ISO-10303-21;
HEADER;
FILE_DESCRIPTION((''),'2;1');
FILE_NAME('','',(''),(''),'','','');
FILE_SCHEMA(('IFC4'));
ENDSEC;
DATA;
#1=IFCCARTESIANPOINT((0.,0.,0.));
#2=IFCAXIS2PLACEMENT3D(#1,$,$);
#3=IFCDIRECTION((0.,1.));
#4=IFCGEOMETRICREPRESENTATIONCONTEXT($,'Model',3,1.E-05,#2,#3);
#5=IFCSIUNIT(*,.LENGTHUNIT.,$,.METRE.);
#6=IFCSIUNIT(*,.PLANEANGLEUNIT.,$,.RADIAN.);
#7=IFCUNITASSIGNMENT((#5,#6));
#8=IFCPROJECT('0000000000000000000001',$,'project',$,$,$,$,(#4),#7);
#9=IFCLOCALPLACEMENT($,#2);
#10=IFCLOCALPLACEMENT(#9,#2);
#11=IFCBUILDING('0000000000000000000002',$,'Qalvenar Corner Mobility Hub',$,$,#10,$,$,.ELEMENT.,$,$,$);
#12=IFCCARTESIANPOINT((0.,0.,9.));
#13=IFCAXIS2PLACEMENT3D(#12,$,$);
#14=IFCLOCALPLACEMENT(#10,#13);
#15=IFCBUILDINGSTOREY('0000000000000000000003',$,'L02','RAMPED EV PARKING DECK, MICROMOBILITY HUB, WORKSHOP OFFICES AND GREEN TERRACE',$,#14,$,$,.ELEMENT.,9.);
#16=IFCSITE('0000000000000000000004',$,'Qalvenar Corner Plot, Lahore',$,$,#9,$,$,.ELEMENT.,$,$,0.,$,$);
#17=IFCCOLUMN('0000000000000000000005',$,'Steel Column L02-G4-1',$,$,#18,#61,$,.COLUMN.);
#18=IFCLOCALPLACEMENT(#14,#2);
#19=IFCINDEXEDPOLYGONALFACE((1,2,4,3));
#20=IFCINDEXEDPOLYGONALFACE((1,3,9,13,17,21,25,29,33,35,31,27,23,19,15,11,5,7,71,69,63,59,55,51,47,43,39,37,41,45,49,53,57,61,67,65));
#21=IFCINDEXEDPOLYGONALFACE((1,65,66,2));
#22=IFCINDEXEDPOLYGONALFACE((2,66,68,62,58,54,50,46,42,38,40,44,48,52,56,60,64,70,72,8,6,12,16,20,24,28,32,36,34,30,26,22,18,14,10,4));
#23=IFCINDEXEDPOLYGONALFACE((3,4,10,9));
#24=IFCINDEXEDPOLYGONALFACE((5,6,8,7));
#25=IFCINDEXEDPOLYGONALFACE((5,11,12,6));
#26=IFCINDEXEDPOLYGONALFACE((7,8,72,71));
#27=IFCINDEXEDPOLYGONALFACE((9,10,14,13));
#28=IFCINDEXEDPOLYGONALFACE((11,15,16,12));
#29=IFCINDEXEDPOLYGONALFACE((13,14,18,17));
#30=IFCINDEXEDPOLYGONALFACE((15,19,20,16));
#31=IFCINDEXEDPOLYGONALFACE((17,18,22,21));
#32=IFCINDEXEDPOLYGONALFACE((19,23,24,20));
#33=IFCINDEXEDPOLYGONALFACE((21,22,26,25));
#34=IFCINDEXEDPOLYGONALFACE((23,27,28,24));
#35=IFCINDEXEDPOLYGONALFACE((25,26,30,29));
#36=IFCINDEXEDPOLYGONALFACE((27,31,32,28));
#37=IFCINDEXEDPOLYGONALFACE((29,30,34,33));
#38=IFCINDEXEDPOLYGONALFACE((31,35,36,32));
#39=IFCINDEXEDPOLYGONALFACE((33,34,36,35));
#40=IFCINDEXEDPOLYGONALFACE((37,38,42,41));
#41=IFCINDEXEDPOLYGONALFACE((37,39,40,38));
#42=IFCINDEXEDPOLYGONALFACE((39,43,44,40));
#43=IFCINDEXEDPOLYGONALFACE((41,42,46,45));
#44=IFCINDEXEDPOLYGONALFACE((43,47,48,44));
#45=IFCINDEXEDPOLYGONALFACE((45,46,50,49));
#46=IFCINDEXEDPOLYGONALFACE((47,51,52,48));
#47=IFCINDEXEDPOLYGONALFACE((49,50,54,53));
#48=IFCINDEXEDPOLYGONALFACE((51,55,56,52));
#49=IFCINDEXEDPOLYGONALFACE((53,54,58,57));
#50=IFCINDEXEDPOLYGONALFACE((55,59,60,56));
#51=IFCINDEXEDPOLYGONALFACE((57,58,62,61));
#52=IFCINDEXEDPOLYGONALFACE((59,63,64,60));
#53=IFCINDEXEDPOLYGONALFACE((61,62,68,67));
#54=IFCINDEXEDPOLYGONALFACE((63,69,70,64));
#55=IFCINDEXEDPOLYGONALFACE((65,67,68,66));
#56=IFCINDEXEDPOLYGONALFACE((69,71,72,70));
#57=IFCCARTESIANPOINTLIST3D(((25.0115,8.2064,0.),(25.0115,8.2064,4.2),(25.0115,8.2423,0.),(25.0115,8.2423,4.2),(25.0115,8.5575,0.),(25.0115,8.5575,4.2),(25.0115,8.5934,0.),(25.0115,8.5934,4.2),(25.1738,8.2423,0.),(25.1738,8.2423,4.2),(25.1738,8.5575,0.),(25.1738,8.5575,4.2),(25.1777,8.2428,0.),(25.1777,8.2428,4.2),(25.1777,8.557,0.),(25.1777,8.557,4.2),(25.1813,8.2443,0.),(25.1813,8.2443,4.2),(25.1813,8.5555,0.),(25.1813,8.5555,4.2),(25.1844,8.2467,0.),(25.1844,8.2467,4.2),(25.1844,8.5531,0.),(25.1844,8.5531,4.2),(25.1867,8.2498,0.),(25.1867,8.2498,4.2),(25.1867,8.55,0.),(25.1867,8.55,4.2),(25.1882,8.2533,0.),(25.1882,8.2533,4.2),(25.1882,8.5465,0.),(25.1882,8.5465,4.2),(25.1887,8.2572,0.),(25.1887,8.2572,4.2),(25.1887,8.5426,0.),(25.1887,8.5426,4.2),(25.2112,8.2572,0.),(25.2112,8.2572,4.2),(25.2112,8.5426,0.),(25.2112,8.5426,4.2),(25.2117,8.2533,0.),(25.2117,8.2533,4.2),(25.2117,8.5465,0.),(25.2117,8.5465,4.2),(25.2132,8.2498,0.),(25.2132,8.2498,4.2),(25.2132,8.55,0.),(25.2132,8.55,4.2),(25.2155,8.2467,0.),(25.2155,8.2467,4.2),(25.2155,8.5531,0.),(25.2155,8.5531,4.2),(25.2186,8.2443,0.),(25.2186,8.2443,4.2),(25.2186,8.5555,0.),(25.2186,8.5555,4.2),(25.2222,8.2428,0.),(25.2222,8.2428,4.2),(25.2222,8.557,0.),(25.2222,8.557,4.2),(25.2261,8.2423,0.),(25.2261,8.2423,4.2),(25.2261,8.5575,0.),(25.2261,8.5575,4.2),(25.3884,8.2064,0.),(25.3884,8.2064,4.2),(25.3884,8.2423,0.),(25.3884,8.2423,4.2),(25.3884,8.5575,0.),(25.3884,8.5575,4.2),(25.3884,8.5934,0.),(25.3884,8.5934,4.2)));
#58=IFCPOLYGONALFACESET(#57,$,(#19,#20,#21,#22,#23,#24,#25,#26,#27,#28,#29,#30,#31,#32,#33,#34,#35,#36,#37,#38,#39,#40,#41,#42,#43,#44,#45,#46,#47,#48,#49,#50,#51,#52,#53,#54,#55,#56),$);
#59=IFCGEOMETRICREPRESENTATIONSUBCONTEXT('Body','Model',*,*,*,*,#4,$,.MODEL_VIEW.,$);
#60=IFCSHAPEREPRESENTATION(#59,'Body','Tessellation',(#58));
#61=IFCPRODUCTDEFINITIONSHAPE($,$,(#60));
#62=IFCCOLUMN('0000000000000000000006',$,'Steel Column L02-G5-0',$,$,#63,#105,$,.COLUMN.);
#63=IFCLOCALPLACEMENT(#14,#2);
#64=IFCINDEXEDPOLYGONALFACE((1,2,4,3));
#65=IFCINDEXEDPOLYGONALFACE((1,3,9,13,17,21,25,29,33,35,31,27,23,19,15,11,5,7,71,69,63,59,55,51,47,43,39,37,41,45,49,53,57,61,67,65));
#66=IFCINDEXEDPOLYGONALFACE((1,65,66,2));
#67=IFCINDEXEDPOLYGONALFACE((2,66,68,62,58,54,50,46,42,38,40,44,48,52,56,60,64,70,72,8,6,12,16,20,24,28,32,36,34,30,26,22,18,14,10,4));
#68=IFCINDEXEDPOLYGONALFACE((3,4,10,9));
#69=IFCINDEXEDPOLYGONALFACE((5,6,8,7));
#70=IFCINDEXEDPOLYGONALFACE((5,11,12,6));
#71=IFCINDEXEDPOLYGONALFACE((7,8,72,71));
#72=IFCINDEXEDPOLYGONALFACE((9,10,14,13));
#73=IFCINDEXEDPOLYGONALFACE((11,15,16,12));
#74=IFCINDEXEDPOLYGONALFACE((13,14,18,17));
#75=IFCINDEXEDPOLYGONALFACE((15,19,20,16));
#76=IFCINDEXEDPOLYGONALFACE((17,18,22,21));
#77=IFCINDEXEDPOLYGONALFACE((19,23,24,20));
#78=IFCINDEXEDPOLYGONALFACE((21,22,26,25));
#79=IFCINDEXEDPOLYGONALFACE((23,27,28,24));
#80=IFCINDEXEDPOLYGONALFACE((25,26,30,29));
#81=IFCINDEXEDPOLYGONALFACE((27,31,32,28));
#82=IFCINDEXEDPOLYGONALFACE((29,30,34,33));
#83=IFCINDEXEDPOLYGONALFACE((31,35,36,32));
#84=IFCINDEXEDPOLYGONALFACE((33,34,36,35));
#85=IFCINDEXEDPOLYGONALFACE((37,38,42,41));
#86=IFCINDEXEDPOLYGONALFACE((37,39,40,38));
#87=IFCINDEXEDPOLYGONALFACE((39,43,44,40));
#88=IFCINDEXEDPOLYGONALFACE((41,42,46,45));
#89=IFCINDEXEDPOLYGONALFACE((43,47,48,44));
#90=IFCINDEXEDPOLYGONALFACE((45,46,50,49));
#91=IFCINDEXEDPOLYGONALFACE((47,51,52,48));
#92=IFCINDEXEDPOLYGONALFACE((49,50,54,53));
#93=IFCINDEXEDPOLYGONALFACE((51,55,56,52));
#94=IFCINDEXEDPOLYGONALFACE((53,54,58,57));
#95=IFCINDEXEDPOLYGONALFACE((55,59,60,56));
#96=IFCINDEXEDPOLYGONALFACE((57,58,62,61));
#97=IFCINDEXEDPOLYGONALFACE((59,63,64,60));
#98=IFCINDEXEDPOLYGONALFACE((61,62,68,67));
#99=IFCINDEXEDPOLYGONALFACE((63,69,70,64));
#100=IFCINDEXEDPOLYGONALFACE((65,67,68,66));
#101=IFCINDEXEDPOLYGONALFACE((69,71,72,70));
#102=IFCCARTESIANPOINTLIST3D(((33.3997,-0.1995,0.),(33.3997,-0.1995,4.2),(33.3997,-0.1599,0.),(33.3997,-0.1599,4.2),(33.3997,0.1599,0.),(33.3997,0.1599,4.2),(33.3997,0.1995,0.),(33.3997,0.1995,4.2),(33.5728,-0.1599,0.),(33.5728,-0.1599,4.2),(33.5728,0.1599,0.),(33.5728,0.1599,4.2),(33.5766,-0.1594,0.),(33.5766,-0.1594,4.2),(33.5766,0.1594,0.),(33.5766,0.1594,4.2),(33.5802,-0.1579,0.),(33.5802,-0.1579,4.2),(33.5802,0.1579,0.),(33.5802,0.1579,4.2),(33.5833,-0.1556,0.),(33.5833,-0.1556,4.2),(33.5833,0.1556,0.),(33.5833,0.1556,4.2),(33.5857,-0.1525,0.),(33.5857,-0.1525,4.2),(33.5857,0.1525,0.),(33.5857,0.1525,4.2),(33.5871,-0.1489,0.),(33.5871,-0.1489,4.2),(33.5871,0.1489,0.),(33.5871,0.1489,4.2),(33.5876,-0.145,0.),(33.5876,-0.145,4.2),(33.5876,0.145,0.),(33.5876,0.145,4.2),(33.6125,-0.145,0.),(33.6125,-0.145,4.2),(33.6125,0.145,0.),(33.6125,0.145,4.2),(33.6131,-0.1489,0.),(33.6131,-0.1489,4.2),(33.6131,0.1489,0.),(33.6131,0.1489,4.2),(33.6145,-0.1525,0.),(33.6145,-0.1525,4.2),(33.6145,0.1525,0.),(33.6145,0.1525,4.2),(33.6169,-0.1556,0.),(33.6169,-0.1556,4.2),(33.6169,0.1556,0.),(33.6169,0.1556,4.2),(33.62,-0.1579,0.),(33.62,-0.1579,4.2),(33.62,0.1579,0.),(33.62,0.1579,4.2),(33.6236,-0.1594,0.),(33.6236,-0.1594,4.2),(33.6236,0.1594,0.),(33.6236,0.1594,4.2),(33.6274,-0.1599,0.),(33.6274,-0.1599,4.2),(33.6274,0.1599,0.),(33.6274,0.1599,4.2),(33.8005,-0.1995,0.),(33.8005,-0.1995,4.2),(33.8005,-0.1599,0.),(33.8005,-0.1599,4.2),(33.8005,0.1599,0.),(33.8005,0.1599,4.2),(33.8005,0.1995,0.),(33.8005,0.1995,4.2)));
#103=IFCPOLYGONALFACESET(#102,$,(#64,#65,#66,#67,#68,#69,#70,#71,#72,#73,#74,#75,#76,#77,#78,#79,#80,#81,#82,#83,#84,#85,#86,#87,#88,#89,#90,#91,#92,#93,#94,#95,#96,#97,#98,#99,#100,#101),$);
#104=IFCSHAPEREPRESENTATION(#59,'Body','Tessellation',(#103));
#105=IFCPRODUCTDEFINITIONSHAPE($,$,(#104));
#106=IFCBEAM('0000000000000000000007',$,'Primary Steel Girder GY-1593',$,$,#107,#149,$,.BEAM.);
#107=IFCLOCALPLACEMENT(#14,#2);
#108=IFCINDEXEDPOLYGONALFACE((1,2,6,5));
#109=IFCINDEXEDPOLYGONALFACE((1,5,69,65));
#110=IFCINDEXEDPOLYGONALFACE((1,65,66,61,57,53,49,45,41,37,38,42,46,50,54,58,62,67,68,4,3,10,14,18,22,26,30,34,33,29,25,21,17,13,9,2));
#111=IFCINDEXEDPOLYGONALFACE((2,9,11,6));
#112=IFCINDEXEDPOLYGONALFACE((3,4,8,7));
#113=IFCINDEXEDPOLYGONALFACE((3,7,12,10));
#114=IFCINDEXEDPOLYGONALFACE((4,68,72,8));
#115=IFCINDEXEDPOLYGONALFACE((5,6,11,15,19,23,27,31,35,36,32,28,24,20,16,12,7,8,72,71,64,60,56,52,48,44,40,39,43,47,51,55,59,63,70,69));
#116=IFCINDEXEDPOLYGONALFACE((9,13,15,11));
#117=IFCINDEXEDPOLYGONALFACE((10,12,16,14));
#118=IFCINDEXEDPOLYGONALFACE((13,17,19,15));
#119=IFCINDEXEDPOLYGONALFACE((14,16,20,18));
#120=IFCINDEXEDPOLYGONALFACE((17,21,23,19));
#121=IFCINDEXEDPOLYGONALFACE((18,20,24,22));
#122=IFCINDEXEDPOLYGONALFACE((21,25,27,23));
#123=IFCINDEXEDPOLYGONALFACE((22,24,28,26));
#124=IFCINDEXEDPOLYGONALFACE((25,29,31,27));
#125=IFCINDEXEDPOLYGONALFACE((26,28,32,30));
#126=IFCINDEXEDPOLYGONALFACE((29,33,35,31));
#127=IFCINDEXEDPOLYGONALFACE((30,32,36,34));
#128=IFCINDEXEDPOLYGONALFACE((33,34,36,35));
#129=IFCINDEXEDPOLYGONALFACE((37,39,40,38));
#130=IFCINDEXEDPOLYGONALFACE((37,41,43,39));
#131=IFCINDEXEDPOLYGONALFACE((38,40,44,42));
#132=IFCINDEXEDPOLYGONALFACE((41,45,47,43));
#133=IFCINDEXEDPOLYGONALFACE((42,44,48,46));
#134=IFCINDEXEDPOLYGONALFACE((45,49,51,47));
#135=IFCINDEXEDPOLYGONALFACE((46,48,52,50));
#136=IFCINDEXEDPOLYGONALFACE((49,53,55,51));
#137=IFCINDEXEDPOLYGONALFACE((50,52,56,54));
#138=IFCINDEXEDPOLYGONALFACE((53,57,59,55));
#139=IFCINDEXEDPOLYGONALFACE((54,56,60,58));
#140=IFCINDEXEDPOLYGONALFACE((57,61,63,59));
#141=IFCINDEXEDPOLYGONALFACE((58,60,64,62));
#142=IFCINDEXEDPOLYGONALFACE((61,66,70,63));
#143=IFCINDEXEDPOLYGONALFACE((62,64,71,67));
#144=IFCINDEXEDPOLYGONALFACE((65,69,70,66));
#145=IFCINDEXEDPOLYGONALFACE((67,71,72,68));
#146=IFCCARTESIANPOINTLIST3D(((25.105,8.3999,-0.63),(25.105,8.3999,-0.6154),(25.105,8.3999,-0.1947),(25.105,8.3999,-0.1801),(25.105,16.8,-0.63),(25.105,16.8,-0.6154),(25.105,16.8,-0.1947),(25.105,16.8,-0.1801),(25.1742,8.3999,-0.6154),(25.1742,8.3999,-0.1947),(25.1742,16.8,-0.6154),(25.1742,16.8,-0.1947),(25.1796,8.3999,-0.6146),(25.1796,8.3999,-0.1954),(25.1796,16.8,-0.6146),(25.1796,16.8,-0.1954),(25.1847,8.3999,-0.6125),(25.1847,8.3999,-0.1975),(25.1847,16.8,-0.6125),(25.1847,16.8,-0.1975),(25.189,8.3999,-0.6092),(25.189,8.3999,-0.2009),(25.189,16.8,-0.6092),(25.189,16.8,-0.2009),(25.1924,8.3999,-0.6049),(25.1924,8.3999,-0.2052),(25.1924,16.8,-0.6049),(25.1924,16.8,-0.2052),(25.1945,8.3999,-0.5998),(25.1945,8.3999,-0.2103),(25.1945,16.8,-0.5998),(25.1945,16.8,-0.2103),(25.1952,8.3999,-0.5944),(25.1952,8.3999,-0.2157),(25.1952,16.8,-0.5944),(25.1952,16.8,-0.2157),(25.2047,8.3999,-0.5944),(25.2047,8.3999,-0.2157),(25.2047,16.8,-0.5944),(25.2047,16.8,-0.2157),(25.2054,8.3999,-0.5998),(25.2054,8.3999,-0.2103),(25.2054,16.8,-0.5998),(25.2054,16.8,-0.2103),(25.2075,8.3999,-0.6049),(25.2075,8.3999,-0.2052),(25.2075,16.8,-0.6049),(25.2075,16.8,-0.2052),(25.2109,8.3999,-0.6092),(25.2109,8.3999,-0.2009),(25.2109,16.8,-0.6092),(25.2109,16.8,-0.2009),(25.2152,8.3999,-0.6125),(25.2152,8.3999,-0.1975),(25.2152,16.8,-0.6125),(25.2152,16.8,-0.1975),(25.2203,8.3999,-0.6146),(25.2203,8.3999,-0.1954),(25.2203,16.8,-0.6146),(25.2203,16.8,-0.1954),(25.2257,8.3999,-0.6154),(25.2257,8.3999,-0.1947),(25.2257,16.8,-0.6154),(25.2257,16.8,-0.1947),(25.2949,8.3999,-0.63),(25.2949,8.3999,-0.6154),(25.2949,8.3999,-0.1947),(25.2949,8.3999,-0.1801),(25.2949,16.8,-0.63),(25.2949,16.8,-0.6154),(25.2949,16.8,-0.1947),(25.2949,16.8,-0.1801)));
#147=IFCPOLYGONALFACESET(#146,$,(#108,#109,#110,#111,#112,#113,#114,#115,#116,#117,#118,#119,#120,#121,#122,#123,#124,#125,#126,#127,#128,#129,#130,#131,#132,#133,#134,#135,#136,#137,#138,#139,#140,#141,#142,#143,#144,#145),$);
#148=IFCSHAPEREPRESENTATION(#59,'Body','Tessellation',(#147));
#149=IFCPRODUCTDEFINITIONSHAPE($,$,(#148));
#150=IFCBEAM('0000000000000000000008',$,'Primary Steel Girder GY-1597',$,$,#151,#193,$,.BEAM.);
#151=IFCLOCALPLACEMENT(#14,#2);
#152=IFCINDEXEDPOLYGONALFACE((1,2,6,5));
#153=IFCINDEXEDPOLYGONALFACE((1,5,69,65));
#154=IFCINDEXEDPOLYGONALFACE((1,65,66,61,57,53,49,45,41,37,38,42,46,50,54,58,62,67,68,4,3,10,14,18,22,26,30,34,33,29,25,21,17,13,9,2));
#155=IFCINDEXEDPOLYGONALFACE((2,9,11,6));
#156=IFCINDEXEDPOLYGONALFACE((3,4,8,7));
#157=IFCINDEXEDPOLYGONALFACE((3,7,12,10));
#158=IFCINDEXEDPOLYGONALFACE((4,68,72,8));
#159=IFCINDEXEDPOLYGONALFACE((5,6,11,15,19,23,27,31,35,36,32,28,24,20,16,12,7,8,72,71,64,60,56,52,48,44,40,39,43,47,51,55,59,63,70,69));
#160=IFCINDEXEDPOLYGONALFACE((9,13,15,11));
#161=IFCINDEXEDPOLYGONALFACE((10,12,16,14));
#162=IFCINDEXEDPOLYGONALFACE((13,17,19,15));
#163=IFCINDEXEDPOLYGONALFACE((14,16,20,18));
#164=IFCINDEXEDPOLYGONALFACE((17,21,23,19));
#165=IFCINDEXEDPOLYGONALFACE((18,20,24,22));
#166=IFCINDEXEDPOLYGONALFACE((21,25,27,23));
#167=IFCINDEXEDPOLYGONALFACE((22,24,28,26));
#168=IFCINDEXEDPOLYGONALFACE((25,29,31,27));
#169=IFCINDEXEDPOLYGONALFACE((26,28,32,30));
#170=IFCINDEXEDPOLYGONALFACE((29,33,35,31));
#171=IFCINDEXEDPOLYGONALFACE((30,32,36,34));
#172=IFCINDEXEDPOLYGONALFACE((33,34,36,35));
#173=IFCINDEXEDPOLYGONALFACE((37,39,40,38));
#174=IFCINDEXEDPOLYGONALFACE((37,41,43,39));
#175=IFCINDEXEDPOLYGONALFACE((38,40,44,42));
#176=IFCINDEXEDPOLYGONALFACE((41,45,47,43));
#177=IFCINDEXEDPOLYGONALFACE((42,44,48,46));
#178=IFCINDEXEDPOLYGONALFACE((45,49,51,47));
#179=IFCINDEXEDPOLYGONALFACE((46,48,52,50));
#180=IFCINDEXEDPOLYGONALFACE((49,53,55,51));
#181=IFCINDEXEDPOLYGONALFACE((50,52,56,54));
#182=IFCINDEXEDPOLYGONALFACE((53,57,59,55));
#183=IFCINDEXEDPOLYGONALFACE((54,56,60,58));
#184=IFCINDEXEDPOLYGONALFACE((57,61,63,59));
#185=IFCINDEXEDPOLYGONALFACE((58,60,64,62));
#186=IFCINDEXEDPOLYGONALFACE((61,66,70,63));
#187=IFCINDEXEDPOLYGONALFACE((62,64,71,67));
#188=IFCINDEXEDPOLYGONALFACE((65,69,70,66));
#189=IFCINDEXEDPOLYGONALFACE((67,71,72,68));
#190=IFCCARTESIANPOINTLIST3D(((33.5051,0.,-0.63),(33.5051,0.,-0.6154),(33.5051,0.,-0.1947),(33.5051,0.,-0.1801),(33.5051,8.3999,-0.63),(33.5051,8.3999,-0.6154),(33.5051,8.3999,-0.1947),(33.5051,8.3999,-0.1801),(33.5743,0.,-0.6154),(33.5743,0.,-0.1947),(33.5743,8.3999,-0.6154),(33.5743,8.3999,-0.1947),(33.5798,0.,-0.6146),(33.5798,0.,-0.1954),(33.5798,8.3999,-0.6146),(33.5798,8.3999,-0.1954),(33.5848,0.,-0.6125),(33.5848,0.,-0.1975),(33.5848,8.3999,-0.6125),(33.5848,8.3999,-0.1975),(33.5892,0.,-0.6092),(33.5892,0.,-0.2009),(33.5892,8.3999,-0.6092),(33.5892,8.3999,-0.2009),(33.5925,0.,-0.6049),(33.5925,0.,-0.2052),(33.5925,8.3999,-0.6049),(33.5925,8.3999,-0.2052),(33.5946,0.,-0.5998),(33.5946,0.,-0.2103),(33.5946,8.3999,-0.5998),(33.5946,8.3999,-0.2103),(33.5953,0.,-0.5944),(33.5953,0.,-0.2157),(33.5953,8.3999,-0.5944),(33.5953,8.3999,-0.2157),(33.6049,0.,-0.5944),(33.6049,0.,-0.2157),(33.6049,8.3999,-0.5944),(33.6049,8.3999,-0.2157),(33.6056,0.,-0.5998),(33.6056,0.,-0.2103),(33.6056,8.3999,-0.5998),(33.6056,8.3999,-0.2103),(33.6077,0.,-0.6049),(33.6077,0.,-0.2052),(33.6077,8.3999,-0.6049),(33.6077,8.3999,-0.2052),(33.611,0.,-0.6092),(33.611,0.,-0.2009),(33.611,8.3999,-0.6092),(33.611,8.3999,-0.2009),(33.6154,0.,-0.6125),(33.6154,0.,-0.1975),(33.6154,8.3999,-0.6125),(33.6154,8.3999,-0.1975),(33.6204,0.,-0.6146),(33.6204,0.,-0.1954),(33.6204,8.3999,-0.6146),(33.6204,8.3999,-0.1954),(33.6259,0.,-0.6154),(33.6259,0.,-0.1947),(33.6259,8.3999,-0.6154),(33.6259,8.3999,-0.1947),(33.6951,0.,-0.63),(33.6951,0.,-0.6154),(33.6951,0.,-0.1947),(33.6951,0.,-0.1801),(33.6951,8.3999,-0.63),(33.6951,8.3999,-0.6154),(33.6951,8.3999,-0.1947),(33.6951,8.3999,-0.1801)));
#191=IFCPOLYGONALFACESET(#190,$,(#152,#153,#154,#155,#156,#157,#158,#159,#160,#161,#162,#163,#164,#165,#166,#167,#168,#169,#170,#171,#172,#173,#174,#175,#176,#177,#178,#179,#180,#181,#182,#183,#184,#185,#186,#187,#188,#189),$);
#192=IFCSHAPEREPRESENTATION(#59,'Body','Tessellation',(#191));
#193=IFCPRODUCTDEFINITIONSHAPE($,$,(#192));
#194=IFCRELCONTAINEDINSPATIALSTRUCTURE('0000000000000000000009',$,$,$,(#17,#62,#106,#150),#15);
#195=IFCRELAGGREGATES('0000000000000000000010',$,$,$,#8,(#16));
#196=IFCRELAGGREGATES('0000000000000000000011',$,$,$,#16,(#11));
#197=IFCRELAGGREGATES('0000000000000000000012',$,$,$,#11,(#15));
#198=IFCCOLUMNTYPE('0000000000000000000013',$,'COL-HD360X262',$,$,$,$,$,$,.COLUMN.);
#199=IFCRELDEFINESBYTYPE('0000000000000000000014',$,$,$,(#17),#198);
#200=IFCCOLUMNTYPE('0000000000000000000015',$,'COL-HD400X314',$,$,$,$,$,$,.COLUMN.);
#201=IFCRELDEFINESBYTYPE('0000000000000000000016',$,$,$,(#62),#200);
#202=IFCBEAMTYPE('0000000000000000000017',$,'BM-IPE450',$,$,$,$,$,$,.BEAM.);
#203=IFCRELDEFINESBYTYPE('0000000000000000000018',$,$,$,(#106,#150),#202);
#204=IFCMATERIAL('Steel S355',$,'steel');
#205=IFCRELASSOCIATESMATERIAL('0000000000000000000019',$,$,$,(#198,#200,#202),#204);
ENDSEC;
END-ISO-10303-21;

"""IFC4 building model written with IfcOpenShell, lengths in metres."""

from ifc_helpers import new_model, si_unit, direction, frame, origin, origin_2d, place, context, subcontext, project, spatial, i_section, extrude, material, material_profile, profile_set, type_object, element, save


model = new_model("IFC4")

# Units and contexts
model_context = context("Model", 3, precision=1e-05, world=origin(), true_north=direction((0.0, 1.0)))
body_context = subcontext(model_context, "Body", "Model", "MODEL_VIEW")
ifc_project = project(units=[si_unit("LENGTHUNIT", "METRE"), si_unit("PLANEANGLEUNIT", "RADIAN")], contexts=[model_context])

# Site, building, storey
site_placement = place(None, origin())
site = spatial("IfcSite", under=ifc_project, at=site_placement, Name="Qalvenar Corner Plot, Lahore", CompositionType="ELEMENT", RefElevation=0.0)
building_placement = place(site_placement, origin())
building = spatial("IfcBuilding", under=site, at=building_placement, Name="Qalvenar Corner Mobility Hub", CompositionType="ELEMENT")
storey_placement = place(building_placement, frame((0.0, 0.0, 9.0)))
storey = spatial("IfcBuildingStorey", under=building, at=storey_placement, Name="L02", Description="RAMPED EV PARKING DECK, MICROMOBILITY HUB, WORKSHOP OFFICES AND GREEN TERRACE", CompositionType="ELEMENT", Elevation=9.0)

# Columns
ifc_material_1 = material(Name="Steel S355", Category="steel")
ifc_material_profile_1 = material_profile(ifc_material_1, i_section(OverallWidth=0.377, OverallDepth=0.387, WebThickness=0.0225, FlangeThickness=0.0359, FilletRadius=0.0149, at=origin_2d()), Name="HD360x262")
ifc_profile_set_1 = profile_set([ifc_material_profile_1], Name="Steel S355")
column_type_1 = type_object("IfcColumnType", Name="COL-HD360X262", PredefinedType="COLUMN", material=ifc_profile_set_1)
column_1_placement = place(storey_placement, frame((25.2, 8.3999, 0.0), z_axis=(0.0, 0.0, 1.0), x_axis=(1.0, 0.0, 0.0)))
element("IfcColumn", 1, at=column_1_placement, inside=storey, type_object=column_type_1, Name="Steel Column L02-G4-1", PredefinedType="COLUMN", context=body_context, shape_type="SweptSolid", body=[
    extrude(i_section(OverallWidth=0.377, OverallDepth=0.387, WebThickness=0.0225, FlangeThickness=0.0359, FilletRadius=0.0149, at=origin_2d()), origin(), (0.0, 0.0, 1.0), 4.2),
])
ifc_material_profile_2 = material_profile(ifc_material_1, i_section(OverallWidth=0.4009, OverallDepth=0.3989, WebThickness=0.0249, FlangeThickness=0.0396, FilletRadius=0.0149, at=origin_2d()), Name="HD400x314")
ifc_profile_set_2 = profile_set([ifc_material_profile_2], Name="Steel S355")
column_type_2 = type_object("IfcColumnType", Name="COL-HD400X314", PredefinedType="COLUMN", material=ifc_profile_set_2)
column_2_placement = place(storey_placement, frame((33.6001, 0.0, 0.0), z_axis=(0.0, 0.0, 1.0), x_axis=(1.0, 0.0, 0.0)))
element("IfcColumn", 2, at=column_2_placement, inside=storey, type_object=column_type_2, Name="Steel Column L02-G5-0", PredefinedType="COLUMN", context=body_context, shape_type="SweptSolid", body=[
    extrude(i_section(OverallWidth=0.4009, OverallDepth=0.3989, WebThickness=0.0249, FlangeThickness=0.0396, FilletRadius=0.0149, at=origin_2d()), origin(), (0.0, 0.0, 1.0), 4.2),
])

# Beams
ifc_material_profile_3 = material_profile(ifc_material_1, i_section(OverallWidth=0.1899, OverallDepth=0.45, WebThickness=0.0095, FlangeThickness=0.0146, FilletRadius=0.021, at=origin_2d()), Name="IPE450")
ifc_profile_set_3 = profile_set([ifc_material_profile_3], Name="Steel S355")
beam_type_1 = type_object("IfcBeamType", Name="BM-IPE450", PredefinedType="BEAM", material=ifc_profile_set_3)
beam_1_placement = place(storey_placement, frame((25.2, 8.3999, -0.405), z_axis=(0.0, 1.0, 0.0), x_axis=(-1.0, 0.0, 0.0)))
element("IfcBeam", 3, at=beam_1_placement, inside=storey, type_object=beam_type_1, Name="Primary Steel Girder GY-1593", PredefinedType="BEAM", context=body_context, shape_type="SweptSolid", body=[
    extrude(i_section(OverallWidth=0.1899, OverallDepth=0.45, WebThickness=0.0095, FlangeThickness=0.0146, FilletRadius=0.021, at=origin_2d()), origin(), (0.0, 0.0, 1.0), 8.4001),
])
beam_2_placement = place(storey_placement, frame((33.6001, 0.0, -0.405), z_axis=(0.0, 1.0, 0.0), x_axis=(-1.0, 0.0, 0.0)))
element("IfcBeam", 4, at=beam_2_placement, inside=storey, type_object=beam_type_1, Name="Primary Steel Girder GY-1597", PredefinedType="BEAM", context=body_context, shape_type="SweptSolid", body=[
    extrude(i_section(OverallWidth=0.1899, OverallDepth=0.45, WebThickness=0.0095, FlangeThickness=0.0146, FilletRadius=0.021, at=origin_2d()), origin(), (0.0, 0.0, 1.0), 8.3999),
])

save(model, "model.ifc")
